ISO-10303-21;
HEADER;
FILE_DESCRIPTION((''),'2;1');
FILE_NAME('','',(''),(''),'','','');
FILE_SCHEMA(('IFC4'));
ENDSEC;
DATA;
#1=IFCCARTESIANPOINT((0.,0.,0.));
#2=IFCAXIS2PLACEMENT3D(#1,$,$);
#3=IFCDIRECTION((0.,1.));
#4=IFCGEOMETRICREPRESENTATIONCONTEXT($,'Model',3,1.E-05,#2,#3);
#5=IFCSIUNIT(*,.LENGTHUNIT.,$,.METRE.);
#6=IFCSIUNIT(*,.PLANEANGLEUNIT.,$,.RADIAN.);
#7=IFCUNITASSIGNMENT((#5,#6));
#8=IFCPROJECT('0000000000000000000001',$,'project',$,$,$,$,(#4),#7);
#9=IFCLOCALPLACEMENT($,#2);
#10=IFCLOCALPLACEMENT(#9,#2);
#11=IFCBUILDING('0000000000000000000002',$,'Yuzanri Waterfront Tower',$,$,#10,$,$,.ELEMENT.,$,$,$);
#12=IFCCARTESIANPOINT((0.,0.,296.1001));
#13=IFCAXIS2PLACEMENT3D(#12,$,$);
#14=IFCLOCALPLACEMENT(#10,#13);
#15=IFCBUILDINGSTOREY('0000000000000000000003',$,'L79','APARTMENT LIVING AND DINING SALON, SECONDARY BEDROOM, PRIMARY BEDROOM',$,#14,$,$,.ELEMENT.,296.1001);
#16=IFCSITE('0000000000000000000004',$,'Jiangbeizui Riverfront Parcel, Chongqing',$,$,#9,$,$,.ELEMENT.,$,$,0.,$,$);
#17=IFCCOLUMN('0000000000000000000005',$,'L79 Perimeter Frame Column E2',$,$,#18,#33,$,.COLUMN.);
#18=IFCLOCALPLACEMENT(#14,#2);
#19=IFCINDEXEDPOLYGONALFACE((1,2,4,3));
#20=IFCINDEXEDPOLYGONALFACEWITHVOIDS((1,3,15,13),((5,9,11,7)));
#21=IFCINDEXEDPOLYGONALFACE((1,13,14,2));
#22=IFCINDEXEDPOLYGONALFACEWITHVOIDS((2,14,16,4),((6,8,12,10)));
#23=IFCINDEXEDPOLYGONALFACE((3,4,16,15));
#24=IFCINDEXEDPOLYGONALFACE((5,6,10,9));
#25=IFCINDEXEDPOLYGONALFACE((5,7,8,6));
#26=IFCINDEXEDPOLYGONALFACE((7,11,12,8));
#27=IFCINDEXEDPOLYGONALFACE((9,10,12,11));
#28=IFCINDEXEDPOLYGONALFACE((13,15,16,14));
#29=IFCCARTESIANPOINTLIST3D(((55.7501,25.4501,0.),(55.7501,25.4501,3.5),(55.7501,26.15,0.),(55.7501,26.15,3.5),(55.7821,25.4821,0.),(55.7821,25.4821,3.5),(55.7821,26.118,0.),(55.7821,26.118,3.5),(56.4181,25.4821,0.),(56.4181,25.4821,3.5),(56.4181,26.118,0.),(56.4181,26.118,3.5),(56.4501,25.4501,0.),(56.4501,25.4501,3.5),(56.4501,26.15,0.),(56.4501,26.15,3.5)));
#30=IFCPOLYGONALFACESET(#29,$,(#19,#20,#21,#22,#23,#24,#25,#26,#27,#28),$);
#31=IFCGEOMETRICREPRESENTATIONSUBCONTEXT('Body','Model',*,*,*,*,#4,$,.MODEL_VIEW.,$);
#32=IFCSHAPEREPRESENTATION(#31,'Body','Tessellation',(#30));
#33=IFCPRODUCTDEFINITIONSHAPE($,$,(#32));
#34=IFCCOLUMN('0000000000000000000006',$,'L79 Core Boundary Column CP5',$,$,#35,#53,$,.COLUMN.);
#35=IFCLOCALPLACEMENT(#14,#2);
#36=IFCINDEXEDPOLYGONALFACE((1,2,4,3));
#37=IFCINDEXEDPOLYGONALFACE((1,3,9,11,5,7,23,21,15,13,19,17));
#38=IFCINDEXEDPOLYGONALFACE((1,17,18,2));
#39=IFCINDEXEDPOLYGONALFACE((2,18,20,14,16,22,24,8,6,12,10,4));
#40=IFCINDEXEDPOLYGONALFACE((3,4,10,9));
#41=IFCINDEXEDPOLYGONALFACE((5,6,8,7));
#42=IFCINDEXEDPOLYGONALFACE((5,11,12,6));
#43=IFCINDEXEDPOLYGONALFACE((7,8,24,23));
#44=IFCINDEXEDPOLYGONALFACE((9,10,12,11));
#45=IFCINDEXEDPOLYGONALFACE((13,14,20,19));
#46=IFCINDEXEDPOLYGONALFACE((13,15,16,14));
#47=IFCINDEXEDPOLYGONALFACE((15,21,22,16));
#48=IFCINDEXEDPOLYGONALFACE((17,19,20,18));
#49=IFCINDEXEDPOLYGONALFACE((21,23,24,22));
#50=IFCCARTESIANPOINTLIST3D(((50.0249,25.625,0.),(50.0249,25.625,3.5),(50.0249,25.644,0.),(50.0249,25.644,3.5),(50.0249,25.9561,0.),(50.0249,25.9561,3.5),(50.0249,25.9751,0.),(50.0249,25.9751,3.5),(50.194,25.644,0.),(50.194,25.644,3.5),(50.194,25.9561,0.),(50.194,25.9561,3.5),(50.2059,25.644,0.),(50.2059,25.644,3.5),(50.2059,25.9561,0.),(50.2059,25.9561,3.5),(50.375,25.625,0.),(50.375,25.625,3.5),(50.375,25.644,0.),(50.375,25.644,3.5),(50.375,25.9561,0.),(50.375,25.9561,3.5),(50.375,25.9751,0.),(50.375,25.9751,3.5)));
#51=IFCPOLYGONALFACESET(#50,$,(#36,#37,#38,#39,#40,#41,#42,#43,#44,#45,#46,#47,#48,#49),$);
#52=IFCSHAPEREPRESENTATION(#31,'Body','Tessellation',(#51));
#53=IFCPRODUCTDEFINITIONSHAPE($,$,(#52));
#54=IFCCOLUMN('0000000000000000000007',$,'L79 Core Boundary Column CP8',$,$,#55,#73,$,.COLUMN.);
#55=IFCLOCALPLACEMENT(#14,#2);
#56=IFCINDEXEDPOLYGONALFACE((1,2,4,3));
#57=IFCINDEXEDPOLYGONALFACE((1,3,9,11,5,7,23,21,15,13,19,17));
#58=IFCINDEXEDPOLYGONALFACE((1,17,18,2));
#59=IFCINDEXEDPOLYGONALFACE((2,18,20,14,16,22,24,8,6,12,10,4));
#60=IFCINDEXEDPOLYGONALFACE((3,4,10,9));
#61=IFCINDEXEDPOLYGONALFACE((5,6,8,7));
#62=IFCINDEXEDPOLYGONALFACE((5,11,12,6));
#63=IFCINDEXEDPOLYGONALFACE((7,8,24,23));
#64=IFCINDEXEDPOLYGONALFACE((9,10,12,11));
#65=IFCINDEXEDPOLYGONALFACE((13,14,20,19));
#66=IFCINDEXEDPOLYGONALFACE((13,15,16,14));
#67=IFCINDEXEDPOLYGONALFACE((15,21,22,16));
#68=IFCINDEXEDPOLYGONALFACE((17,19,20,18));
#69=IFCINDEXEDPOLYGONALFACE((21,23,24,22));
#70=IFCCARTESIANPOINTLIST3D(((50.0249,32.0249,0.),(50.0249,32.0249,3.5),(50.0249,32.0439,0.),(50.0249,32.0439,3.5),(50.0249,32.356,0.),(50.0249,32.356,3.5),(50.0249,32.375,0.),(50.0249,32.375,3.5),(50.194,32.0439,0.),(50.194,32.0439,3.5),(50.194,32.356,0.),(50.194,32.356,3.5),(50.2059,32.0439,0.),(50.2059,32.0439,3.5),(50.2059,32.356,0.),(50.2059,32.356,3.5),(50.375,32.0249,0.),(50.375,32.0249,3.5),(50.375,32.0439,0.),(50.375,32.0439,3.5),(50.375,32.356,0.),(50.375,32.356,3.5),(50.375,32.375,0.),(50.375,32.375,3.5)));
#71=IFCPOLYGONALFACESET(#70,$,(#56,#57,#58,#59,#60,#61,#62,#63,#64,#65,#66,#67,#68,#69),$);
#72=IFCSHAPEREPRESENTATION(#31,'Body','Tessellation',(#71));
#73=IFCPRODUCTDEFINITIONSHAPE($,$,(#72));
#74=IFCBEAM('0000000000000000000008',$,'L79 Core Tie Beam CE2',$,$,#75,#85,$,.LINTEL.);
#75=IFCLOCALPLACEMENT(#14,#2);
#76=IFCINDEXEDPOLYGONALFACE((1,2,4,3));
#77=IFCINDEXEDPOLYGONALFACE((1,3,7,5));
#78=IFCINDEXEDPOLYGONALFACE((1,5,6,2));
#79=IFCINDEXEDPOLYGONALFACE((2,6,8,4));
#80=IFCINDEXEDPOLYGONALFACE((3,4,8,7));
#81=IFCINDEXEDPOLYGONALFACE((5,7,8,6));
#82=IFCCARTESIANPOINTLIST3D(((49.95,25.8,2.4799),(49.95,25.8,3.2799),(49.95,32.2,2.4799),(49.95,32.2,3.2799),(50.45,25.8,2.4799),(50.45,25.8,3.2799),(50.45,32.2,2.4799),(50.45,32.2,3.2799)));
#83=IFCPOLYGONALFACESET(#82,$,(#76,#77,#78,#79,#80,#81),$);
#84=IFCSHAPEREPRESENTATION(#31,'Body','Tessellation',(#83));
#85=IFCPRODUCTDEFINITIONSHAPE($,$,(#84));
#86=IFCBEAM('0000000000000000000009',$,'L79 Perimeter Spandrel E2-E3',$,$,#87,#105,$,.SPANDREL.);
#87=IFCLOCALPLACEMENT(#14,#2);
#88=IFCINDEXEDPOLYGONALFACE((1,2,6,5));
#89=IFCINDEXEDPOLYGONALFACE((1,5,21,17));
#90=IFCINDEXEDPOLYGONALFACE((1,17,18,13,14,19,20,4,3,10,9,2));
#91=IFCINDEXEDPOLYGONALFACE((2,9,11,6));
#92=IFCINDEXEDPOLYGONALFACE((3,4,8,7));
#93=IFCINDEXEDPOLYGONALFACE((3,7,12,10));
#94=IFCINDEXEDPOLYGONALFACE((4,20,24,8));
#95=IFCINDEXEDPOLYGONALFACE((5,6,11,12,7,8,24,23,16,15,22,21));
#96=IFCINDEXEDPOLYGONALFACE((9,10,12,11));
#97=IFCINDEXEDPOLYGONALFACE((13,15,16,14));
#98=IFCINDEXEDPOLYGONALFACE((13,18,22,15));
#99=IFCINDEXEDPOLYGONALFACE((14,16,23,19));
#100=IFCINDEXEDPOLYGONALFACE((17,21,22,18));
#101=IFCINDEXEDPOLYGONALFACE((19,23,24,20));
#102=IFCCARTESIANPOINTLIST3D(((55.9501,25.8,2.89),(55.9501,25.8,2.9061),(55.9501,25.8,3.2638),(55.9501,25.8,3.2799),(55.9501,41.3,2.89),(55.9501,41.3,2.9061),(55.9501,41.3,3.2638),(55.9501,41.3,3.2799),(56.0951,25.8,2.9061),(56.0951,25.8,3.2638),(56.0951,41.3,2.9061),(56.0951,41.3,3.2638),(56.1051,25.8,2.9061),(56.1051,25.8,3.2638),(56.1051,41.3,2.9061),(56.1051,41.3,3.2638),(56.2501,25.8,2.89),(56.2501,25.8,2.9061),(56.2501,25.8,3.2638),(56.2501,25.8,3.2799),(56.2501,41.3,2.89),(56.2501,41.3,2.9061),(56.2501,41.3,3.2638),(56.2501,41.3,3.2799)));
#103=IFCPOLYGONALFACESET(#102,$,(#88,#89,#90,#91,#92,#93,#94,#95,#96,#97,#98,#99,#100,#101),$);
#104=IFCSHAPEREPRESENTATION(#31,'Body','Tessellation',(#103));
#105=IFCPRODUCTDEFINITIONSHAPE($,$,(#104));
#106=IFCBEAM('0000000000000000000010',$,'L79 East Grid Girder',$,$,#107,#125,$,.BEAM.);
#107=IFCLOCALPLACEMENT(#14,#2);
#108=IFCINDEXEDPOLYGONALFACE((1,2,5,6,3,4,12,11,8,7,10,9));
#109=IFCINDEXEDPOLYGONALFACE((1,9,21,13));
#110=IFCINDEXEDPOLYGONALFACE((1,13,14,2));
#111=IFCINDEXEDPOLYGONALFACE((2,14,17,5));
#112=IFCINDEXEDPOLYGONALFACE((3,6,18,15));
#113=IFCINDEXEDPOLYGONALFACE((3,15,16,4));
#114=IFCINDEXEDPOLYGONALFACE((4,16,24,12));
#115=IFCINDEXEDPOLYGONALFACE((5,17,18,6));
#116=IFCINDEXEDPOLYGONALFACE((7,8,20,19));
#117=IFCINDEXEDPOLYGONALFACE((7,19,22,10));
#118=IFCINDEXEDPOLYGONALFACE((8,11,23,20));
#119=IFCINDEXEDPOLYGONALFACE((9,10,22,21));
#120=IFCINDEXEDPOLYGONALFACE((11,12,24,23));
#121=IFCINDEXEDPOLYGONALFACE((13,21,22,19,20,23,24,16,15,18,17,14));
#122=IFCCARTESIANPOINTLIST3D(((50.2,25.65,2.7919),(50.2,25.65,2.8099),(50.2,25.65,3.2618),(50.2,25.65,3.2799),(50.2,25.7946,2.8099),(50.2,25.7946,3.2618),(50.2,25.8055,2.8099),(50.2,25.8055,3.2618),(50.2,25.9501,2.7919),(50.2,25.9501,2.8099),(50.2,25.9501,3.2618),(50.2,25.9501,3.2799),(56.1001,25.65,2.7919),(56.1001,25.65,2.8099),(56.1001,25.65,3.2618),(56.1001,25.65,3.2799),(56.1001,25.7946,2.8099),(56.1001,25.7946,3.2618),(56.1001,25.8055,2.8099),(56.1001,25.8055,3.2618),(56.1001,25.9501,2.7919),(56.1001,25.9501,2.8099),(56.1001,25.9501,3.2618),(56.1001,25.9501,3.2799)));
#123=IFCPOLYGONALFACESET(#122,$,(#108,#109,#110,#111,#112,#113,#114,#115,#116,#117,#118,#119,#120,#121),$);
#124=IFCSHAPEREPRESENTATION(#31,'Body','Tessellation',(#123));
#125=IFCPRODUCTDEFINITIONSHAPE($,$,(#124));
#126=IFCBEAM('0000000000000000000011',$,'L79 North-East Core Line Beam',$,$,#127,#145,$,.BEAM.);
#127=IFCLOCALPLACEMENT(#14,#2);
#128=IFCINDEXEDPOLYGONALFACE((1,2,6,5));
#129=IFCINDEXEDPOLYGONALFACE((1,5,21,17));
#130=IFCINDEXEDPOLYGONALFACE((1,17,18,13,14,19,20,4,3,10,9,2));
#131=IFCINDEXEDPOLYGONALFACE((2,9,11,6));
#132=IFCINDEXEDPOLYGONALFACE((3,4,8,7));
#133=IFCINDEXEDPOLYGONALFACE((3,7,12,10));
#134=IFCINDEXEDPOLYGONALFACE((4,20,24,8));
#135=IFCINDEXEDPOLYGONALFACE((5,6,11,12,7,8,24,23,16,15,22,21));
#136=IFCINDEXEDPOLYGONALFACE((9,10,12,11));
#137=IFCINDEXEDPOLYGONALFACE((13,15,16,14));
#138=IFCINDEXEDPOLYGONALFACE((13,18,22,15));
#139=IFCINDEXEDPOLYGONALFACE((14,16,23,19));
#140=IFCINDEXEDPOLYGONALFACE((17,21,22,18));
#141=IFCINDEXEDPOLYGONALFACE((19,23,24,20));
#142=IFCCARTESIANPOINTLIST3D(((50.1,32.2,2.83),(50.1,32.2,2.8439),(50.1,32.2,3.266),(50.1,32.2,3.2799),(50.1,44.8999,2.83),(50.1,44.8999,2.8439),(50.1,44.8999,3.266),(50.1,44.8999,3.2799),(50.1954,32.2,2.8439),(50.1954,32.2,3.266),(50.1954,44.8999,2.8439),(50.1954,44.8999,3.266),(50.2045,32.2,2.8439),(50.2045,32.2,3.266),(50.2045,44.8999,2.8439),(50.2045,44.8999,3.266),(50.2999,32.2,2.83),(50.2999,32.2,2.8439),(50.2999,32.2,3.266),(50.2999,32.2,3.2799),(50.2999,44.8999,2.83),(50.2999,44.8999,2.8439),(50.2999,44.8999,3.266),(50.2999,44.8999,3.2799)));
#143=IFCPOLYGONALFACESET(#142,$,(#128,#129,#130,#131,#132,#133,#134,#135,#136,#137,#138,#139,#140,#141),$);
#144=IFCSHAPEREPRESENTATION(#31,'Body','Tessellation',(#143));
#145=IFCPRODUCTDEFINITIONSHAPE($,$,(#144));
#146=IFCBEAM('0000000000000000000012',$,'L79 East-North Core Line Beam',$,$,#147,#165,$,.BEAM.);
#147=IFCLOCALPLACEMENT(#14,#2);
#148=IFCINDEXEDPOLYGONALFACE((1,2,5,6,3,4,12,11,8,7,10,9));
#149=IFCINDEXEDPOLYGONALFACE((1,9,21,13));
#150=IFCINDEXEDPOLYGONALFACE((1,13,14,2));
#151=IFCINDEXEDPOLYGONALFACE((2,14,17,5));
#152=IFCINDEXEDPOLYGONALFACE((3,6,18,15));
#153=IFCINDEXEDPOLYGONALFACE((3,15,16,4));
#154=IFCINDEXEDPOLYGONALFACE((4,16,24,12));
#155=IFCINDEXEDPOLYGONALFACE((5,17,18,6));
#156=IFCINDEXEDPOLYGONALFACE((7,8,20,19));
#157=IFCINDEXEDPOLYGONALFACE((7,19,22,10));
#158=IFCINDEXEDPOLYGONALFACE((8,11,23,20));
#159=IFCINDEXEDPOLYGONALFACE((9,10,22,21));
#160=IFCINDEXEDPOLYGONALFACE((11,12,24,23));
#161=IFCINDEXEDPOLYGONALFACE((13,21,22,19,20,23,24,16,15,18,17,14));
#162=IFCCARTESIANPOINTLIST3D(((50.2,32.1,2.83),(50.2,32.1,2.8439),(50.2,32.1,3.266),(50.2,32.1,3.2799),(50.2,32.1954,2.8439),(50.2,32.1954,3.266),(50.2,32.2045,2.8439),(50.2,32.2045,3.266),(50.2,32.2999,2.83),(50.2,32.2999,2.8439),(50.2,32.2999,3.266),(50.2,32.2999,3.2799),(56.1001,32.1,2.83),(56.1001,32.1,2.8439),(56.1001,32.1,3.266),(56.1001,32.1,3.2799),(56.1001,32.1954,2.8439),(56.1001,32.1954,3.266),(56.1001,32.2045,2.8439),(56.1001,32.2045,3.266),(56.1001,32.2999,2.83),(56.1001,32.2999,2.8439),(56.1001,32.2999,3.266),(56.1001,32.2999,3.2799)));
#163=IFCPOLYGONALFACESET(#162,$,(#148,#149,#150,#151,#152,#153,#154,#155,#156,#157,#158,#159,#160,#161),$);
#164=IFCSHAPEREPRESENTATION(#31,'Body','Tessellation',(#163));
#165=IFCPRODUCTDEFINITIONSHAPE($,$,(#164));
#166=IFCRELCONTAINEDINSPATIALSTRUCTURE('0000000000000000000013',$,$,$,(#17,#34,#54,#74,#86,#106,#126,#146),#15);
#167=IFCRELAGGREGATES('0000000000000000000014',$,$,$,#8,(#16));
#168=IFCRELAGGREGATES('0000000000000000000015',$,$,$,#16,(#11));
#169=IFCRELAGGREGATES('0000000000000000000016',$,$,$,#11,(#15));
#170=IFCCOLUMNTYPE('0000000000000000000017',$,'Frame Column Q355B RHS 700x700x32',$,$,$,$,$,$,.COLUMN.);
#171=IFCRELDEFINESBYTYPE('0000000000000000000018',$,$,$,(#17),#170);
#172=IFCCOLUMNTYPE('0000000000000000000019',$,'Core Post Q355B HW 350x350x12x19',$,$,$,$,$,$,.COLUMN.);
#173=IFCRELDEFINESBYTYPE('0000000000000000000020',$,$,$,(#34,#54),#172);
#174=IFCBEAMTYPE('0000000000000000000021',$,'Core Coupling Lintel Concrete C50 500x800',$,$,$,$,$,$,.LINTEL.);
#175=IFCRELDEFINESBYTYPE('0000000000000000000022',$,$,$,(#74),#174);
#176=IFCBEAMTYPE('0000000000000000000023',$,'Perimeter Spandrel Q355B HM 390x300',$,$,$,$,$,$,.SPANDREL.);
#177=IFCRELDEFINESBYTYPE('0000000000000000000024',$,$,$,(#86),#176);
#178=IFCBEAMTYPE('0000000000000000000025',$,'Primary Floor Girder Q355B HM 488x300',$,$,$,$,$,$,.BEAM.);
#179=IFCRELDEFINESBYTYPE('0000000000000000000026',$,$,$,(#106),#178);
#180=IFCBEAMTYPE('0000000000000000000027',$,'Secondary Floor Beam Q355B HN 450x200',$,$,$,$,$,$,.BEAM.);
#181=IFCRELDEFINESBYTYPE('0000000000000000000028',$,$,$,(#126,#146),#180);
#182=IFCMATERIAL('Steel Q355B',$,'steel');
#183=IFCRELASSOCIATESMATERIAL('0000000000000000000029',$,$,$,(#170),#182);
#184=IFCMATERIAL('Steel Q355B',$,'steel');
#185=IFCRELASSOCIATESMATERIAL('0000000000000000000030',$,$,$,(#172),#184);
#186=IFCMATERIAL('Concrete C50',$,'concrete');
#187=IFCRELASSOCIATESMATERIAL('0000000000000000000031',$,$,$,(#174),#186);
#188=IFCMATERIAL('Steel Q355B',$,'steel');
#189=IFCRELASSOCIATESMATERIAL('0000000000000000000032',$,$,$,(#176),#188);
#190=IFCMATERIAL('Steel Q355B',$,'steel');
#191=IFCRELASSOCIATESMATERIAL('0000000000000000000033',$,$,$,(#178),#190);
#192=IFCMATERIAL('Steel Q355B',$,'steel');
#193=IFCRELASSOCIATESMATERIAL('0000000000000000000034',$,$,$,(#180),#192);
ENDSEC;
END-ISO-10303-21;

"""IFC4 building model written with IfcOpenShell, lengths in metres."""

from ifc_helpers import new_model, si_unit, direction, frame, origin, origin_2d, place, context, subcontext, project, spatial, rectangle, hollow_rectangle, i_section, extrude, source, transform, mapped, material, material_profile, profile_set, type_object, element, save


model = new_model("IFC4")

# Units and contexts
model_context = context("Model", 3, precision=1e-05, world=origin(), true_north=direction((0.0, 1.0)))
body_context = subcontext(model_context, "Body", "Model", "MODEL_VIEW")
ifc_project = project(units=[si_unit("LENGTHUNIT", "METRE"), si_unit("PLANEANGLEUNIT", "RADIAN")], contexts=[model_context])

# Site, building, storey
site_placement = place(None, origin())
site = spatial("IfcSite", under=ifc_project, at=site_placement, Name="Jiangbeizui Riverfront Parcel, Chongqing", CompositionType="ELEMENT", RefElevation=0.0)
building_placement = place(site_placement, origin())
building = spatial("IfcBuilding", under=site, at=building_placement, Name="Yuzanri Waterfront Tower", CompositionType="ELEMENT")
storey_placement = place(building_placement, frame((0.0, 0.0, 296.1001)))
storey = spatial("IfcBuildingStorey", under=building, at=storey_placement, Name="L79", Description="APARTMENT LIVING AND DINING SALON, SECONDARY BEDROOM, PRIMARY BEDROOM", CompositionType="ELEMENT", Elevation=296.1001)

# Columns
ifc_material_1 = material(Name="Steel Q355B", Category="steel")
ifc_material_profile_1 = material_profile(ifc_material_1, hollow_rectangle(XDim=0.7, YDim=0.7, WallThickness=0.032, at=origin_2d()), Name="RHS 700x700x32")
ifc_profile_set_1 = profile_set([ifc_material_profile_1], Name="Steel Q355B")
column_type_1 = type_object("IfcColumnType", Name="Frame Column Q355B RHS 700x700x32", PredefinedType="COLUMN", material=ifc_profile_set_1)
shared_shape_1 = source(origin(), body_context, "Body", "SweptSolid", [
    extrude(hollow_rectangle(XDim=0.7, YDim=0.7, WallThickness=0.032, at=origin_2d()), origin(), (0.0, 0.0, 1.0), 3.5),
])
column_placement = place(storey_placement, frame((56.1001, 25.8, 0.0), z_axis=(0.0, 0.0, 1.0), x_axis=(1.0, 0.0, 0.0)))
element("IfcColumn", 1, at=column_placement, inside=storey, type_object=column_type_1, Name="L79 Perimeter Frame Column E2", PredefinedType="COLUMN", context=body_context, shape_type="MappedRepresentation", body=[
    mapped(shared_shape_1, transform((0.0, 0.0, 0.0), scale=1.0)),
])
ifc_material_2 = material(Name="Steel Q355B", Category="steel")
ifc_material_profile_2 = material_profile(ifc_material_2, i_section(OverallWidth=0.3501, OverallDepth=0.3501, WebThickness=0.012, FlangeThickness=0.019, at=origin_2d()), Name="HW 350x350x12x19")
ifc_profile_set_2 = profile_set([ifc_material_profile_2], Name="Steel Q355B")
column_type_2 = type_object("IfcColumnType", Name="Core Post Q355B HW 350x350x12x19", PredefinedType="COLUMN", material=ifc_profile_set_2)
shared_shape_2 = source(origin(), body_context, "Body", "SweptSolid", [
    extrude(i_section(OverallWidth=0.3501, OverallDepth=0.3501, WebThickness=0.012, FlangeThickness=0.019, at=origin_2d()), origin(), (0.0, 0.0, 1.0), 3.5),
])
for number, where, z_axis, x_axis, name in (
    (2, (50.2, 25.8, 0.0), (0.0, 0.0, 1.0), (1.0, 0.0, 0.0), "L79 Core Boundary Column CP5"),
    (3, (50.2, 32.2, 0.0), (0.0, 0.0, 1.0), (1.0, 0.0, 0.0), "L79 Core Boundary Column CP8"),
):
    element("IfcColumn", number, at=place(storey_placement, frame(where, z_axis=z_axis, x_axis=x_axis)), inside=storey, type_object=column_type_2, Name=name, PredefinedType="COLUMN", context=body_context, shape_type="MappedRepresentation", body=[
        mapped(shared_shape_2, transform((0.0, 0.0, 0.0), scale=1.0)),
    ])

# Beams
ifc_material_3 = material(Name="Concrete C50", Category="concrete")
ifc_material_profile_3 = material_profile(ifc_material_3, rectangle(XDim=0.5, YDim=0.8, at=origin_2d()), Name="RC 500x800")
ifc_profile_set_3 = profile_set([ifc_material_profile_3], Name="Concrete C50")
beam_type_1 = type_object("IfcBeamType", Name="Core Coupling Lintel Concrete C50 500x800", PredefinedType="LINTEL", material=ifc_profile_set_3)
shared_shape_3 = source(origin(), body_context, "Body", "SweptSolid", [
    extrude(rectangle(XDim=0.5, YDim=0.8, at=origin_2d()), origin(), (0.0, 0.0, 1.0), 6.3999),
])
beam_1_placement = place(storey_placement, frame((50.2, 25.8, 2.8799), z_axis=(0.0, 1.0, 0.0), x_axis=(-1.0, 0.0, 0.0)))
element("IfcBeam", 4, at=beam_1_placement, inside=storey, type_object=beam_type_1, Name="L79 Core Tie Beam CE2", PredefinedType="LINTEL", context=body_context, shape_type="MappedRepresentation", body=[
    mapped(shared_shape_3, transform((0.0, 0.0, 0.0), scale=1.0)),
])
ifc_material_4 = material(Name="Steel Q355B", Category="steel")
ifc_material_profile_4 = material_profile(ifc_material_4, i_section(OverallWidth=0.3, OverallDepth=0.3899, WebThickness=0.01, FlangeThickness=0.0161, at=origin_2d()), Name="HM 390x300x10x16")
ifc_profile_set_4 = profile_set([ifc_material_profile_4], Name="Steel Q355B")
beam_type_2 = type_object("IfcBeamType", Name="Perimeter Spandrel Q355B HM 390x300", PredefinedType="SPANDREL", material=ifc_profile_set_4)
shared_shape_4 = source(origin(), body_context, "Body", "SweptSolid", [
    extrude(i_section(OverallWidth=0.3, OverallDepth=0.3899, WebThickness=0.01, FlangeThickness=0.0161, at=origin_2d()), origin(), (0.0, 0.0, 1.0), 15.5),
])
beam_2_placement = place(storey_placement, frame((56.1001, 25.8, 3.085), z_axis=(0.0, 1.0, 0.0), x_axis=(-1.0, 0.0, 0.0)))
element("IfcBeam", 5, at=beam_2_placement, inside=storey, type_object=beam_type_2, Name="L79 Perimeter Spandrel E2-E3", PredefinedType="SPANDREL", context=body_context, shape_type="MappedRepresentation", body=[
    mapped(shared_shape_4, transform((0.0, 0.0, 0.0), scale=1.0)),
])
ifc_material_5 = material(Name="Steel Q355B", Category="steel")
ifc_material_profile_5 = material_profile(ifc_material_5, i_section(OverallWidth=0.3, OverallDepth=0.488, WebThickness=0.011, FlangeThickness=0.0181, at=origin_2d()), Name="HM 488x300x11x18")
ifc_profile_set_5 = profile_set([ifc_material_profile_5], Name="Steel Q355B")
beam_type_3 = type_object("IfcBeamType", Name="Primary Floor Girder Q355B HM 488x300", PredefinedType="BEAM", material=ifc_profile_set_5)
shared_shape_5 = source(origin(), body_context, "Body", "SweptSolid", [
    extrude(i_section(OverallWidth=0.3, OverallDepth=0.488, WebThickness=0.011, FlangeThickness=0.0181, at=origin_2d()), origin(), (0.0, 0.0, 1.0), 5.9001),
])
beam_3_placement = place(storey_placement, frame((50.2, 25.8, 3.0359), z_axis=(1.0, 0.0, 0.0), x_axis=(0.0, 1.0, 0.0)))
element("IfcBeam", 6, at=beam_3_placement, inside=storey, type_object=beam_type_3, Name="L79 East Grid Girder", PredefinedType="BEAM", context=body_context, shape_type="MappedRepresentation", body=[
    mapped(shared_shape_5, transform((0.0, 0.0, 0.0), scale=1.0)),
])
ifc_material_6 = material(Name="Steel Q355B", Category="steel")
ifc_material_profile_6 = material_profile(ifc_material_6, i_section(OverallWidth=0.2, OverallDepth=0.45, WebThickness=0.009, FlangeThickness=0.0139, at=origin_2d()), Name="HN 450x200x9x14")
ifc_profile_set_6 = profile_set([ifc_material_profile_6], Name="Steel Q355B")
beam_type_4 = type_object("IfcBeamType", Name="Secondary Floor Beam Q355B HN 450x200", PredefinedType="BEAM", material=ifc_profile_set_6)
shared_shape_6 = source(origin(), body_context, "Body", "SweptSolid", [
    extrude(i_section(OverallWidth=0.2, OverallDepth=0.45, WebThickness=0.009, FlangeThickness=0.0139, at=origin_2d()), origin(), (0.0, 0.0, 1.0), 12.7),
])
beam_4_placement = place(storey_placement, frame((50.2, 32.2, 3.0549), z_axis=(0.0, 1.0, 0.0), x_axis=(-1.0, 0.0, 0.0)))
element("IfcBeam", 7, at=beam_4_placement, inside=storey, type_object=beam_type_4, Name="L79 North-East Core Line Beam", PredefinedType="BEAM", context=body_context, shape_type="MappedRepresentation", body=[
    mapped(shared_shape_6, transform((0.0, 0.0, 0.0), scale=1.0)),
])
shared_shape_7 = source(origin(), body_context, "Body", "SweptSolid", [
    extrude(i_section(OverallWidth=0.2, OverallDepth=0.45, WebThickness=0.009, FlangeThickness=0.0139, at=origin_2d()), origin(), (0.0, 0.0, 1.0), 5.9001),
])
beam_5_placement = place(storey_placement, frame((50.2, 32.2, 3.0549), z_axis=(1.0, 0.0, 0.0), x_axis=(0.0, 1.0, 0.0)))
element("IfcBeam", 8, at=beam_5_placement, inside=storey, type_object=beam_type_4, Name="L79 East-North Core Line Beam", PredefinedType="BEAM", context=body_context, shape_type="MappedRepresentation", body=[
    mapped(shared_shape_7, transform((0.0, 0.0, 0.0), scale=1.0)),
])

save(model, "model.ifc")
